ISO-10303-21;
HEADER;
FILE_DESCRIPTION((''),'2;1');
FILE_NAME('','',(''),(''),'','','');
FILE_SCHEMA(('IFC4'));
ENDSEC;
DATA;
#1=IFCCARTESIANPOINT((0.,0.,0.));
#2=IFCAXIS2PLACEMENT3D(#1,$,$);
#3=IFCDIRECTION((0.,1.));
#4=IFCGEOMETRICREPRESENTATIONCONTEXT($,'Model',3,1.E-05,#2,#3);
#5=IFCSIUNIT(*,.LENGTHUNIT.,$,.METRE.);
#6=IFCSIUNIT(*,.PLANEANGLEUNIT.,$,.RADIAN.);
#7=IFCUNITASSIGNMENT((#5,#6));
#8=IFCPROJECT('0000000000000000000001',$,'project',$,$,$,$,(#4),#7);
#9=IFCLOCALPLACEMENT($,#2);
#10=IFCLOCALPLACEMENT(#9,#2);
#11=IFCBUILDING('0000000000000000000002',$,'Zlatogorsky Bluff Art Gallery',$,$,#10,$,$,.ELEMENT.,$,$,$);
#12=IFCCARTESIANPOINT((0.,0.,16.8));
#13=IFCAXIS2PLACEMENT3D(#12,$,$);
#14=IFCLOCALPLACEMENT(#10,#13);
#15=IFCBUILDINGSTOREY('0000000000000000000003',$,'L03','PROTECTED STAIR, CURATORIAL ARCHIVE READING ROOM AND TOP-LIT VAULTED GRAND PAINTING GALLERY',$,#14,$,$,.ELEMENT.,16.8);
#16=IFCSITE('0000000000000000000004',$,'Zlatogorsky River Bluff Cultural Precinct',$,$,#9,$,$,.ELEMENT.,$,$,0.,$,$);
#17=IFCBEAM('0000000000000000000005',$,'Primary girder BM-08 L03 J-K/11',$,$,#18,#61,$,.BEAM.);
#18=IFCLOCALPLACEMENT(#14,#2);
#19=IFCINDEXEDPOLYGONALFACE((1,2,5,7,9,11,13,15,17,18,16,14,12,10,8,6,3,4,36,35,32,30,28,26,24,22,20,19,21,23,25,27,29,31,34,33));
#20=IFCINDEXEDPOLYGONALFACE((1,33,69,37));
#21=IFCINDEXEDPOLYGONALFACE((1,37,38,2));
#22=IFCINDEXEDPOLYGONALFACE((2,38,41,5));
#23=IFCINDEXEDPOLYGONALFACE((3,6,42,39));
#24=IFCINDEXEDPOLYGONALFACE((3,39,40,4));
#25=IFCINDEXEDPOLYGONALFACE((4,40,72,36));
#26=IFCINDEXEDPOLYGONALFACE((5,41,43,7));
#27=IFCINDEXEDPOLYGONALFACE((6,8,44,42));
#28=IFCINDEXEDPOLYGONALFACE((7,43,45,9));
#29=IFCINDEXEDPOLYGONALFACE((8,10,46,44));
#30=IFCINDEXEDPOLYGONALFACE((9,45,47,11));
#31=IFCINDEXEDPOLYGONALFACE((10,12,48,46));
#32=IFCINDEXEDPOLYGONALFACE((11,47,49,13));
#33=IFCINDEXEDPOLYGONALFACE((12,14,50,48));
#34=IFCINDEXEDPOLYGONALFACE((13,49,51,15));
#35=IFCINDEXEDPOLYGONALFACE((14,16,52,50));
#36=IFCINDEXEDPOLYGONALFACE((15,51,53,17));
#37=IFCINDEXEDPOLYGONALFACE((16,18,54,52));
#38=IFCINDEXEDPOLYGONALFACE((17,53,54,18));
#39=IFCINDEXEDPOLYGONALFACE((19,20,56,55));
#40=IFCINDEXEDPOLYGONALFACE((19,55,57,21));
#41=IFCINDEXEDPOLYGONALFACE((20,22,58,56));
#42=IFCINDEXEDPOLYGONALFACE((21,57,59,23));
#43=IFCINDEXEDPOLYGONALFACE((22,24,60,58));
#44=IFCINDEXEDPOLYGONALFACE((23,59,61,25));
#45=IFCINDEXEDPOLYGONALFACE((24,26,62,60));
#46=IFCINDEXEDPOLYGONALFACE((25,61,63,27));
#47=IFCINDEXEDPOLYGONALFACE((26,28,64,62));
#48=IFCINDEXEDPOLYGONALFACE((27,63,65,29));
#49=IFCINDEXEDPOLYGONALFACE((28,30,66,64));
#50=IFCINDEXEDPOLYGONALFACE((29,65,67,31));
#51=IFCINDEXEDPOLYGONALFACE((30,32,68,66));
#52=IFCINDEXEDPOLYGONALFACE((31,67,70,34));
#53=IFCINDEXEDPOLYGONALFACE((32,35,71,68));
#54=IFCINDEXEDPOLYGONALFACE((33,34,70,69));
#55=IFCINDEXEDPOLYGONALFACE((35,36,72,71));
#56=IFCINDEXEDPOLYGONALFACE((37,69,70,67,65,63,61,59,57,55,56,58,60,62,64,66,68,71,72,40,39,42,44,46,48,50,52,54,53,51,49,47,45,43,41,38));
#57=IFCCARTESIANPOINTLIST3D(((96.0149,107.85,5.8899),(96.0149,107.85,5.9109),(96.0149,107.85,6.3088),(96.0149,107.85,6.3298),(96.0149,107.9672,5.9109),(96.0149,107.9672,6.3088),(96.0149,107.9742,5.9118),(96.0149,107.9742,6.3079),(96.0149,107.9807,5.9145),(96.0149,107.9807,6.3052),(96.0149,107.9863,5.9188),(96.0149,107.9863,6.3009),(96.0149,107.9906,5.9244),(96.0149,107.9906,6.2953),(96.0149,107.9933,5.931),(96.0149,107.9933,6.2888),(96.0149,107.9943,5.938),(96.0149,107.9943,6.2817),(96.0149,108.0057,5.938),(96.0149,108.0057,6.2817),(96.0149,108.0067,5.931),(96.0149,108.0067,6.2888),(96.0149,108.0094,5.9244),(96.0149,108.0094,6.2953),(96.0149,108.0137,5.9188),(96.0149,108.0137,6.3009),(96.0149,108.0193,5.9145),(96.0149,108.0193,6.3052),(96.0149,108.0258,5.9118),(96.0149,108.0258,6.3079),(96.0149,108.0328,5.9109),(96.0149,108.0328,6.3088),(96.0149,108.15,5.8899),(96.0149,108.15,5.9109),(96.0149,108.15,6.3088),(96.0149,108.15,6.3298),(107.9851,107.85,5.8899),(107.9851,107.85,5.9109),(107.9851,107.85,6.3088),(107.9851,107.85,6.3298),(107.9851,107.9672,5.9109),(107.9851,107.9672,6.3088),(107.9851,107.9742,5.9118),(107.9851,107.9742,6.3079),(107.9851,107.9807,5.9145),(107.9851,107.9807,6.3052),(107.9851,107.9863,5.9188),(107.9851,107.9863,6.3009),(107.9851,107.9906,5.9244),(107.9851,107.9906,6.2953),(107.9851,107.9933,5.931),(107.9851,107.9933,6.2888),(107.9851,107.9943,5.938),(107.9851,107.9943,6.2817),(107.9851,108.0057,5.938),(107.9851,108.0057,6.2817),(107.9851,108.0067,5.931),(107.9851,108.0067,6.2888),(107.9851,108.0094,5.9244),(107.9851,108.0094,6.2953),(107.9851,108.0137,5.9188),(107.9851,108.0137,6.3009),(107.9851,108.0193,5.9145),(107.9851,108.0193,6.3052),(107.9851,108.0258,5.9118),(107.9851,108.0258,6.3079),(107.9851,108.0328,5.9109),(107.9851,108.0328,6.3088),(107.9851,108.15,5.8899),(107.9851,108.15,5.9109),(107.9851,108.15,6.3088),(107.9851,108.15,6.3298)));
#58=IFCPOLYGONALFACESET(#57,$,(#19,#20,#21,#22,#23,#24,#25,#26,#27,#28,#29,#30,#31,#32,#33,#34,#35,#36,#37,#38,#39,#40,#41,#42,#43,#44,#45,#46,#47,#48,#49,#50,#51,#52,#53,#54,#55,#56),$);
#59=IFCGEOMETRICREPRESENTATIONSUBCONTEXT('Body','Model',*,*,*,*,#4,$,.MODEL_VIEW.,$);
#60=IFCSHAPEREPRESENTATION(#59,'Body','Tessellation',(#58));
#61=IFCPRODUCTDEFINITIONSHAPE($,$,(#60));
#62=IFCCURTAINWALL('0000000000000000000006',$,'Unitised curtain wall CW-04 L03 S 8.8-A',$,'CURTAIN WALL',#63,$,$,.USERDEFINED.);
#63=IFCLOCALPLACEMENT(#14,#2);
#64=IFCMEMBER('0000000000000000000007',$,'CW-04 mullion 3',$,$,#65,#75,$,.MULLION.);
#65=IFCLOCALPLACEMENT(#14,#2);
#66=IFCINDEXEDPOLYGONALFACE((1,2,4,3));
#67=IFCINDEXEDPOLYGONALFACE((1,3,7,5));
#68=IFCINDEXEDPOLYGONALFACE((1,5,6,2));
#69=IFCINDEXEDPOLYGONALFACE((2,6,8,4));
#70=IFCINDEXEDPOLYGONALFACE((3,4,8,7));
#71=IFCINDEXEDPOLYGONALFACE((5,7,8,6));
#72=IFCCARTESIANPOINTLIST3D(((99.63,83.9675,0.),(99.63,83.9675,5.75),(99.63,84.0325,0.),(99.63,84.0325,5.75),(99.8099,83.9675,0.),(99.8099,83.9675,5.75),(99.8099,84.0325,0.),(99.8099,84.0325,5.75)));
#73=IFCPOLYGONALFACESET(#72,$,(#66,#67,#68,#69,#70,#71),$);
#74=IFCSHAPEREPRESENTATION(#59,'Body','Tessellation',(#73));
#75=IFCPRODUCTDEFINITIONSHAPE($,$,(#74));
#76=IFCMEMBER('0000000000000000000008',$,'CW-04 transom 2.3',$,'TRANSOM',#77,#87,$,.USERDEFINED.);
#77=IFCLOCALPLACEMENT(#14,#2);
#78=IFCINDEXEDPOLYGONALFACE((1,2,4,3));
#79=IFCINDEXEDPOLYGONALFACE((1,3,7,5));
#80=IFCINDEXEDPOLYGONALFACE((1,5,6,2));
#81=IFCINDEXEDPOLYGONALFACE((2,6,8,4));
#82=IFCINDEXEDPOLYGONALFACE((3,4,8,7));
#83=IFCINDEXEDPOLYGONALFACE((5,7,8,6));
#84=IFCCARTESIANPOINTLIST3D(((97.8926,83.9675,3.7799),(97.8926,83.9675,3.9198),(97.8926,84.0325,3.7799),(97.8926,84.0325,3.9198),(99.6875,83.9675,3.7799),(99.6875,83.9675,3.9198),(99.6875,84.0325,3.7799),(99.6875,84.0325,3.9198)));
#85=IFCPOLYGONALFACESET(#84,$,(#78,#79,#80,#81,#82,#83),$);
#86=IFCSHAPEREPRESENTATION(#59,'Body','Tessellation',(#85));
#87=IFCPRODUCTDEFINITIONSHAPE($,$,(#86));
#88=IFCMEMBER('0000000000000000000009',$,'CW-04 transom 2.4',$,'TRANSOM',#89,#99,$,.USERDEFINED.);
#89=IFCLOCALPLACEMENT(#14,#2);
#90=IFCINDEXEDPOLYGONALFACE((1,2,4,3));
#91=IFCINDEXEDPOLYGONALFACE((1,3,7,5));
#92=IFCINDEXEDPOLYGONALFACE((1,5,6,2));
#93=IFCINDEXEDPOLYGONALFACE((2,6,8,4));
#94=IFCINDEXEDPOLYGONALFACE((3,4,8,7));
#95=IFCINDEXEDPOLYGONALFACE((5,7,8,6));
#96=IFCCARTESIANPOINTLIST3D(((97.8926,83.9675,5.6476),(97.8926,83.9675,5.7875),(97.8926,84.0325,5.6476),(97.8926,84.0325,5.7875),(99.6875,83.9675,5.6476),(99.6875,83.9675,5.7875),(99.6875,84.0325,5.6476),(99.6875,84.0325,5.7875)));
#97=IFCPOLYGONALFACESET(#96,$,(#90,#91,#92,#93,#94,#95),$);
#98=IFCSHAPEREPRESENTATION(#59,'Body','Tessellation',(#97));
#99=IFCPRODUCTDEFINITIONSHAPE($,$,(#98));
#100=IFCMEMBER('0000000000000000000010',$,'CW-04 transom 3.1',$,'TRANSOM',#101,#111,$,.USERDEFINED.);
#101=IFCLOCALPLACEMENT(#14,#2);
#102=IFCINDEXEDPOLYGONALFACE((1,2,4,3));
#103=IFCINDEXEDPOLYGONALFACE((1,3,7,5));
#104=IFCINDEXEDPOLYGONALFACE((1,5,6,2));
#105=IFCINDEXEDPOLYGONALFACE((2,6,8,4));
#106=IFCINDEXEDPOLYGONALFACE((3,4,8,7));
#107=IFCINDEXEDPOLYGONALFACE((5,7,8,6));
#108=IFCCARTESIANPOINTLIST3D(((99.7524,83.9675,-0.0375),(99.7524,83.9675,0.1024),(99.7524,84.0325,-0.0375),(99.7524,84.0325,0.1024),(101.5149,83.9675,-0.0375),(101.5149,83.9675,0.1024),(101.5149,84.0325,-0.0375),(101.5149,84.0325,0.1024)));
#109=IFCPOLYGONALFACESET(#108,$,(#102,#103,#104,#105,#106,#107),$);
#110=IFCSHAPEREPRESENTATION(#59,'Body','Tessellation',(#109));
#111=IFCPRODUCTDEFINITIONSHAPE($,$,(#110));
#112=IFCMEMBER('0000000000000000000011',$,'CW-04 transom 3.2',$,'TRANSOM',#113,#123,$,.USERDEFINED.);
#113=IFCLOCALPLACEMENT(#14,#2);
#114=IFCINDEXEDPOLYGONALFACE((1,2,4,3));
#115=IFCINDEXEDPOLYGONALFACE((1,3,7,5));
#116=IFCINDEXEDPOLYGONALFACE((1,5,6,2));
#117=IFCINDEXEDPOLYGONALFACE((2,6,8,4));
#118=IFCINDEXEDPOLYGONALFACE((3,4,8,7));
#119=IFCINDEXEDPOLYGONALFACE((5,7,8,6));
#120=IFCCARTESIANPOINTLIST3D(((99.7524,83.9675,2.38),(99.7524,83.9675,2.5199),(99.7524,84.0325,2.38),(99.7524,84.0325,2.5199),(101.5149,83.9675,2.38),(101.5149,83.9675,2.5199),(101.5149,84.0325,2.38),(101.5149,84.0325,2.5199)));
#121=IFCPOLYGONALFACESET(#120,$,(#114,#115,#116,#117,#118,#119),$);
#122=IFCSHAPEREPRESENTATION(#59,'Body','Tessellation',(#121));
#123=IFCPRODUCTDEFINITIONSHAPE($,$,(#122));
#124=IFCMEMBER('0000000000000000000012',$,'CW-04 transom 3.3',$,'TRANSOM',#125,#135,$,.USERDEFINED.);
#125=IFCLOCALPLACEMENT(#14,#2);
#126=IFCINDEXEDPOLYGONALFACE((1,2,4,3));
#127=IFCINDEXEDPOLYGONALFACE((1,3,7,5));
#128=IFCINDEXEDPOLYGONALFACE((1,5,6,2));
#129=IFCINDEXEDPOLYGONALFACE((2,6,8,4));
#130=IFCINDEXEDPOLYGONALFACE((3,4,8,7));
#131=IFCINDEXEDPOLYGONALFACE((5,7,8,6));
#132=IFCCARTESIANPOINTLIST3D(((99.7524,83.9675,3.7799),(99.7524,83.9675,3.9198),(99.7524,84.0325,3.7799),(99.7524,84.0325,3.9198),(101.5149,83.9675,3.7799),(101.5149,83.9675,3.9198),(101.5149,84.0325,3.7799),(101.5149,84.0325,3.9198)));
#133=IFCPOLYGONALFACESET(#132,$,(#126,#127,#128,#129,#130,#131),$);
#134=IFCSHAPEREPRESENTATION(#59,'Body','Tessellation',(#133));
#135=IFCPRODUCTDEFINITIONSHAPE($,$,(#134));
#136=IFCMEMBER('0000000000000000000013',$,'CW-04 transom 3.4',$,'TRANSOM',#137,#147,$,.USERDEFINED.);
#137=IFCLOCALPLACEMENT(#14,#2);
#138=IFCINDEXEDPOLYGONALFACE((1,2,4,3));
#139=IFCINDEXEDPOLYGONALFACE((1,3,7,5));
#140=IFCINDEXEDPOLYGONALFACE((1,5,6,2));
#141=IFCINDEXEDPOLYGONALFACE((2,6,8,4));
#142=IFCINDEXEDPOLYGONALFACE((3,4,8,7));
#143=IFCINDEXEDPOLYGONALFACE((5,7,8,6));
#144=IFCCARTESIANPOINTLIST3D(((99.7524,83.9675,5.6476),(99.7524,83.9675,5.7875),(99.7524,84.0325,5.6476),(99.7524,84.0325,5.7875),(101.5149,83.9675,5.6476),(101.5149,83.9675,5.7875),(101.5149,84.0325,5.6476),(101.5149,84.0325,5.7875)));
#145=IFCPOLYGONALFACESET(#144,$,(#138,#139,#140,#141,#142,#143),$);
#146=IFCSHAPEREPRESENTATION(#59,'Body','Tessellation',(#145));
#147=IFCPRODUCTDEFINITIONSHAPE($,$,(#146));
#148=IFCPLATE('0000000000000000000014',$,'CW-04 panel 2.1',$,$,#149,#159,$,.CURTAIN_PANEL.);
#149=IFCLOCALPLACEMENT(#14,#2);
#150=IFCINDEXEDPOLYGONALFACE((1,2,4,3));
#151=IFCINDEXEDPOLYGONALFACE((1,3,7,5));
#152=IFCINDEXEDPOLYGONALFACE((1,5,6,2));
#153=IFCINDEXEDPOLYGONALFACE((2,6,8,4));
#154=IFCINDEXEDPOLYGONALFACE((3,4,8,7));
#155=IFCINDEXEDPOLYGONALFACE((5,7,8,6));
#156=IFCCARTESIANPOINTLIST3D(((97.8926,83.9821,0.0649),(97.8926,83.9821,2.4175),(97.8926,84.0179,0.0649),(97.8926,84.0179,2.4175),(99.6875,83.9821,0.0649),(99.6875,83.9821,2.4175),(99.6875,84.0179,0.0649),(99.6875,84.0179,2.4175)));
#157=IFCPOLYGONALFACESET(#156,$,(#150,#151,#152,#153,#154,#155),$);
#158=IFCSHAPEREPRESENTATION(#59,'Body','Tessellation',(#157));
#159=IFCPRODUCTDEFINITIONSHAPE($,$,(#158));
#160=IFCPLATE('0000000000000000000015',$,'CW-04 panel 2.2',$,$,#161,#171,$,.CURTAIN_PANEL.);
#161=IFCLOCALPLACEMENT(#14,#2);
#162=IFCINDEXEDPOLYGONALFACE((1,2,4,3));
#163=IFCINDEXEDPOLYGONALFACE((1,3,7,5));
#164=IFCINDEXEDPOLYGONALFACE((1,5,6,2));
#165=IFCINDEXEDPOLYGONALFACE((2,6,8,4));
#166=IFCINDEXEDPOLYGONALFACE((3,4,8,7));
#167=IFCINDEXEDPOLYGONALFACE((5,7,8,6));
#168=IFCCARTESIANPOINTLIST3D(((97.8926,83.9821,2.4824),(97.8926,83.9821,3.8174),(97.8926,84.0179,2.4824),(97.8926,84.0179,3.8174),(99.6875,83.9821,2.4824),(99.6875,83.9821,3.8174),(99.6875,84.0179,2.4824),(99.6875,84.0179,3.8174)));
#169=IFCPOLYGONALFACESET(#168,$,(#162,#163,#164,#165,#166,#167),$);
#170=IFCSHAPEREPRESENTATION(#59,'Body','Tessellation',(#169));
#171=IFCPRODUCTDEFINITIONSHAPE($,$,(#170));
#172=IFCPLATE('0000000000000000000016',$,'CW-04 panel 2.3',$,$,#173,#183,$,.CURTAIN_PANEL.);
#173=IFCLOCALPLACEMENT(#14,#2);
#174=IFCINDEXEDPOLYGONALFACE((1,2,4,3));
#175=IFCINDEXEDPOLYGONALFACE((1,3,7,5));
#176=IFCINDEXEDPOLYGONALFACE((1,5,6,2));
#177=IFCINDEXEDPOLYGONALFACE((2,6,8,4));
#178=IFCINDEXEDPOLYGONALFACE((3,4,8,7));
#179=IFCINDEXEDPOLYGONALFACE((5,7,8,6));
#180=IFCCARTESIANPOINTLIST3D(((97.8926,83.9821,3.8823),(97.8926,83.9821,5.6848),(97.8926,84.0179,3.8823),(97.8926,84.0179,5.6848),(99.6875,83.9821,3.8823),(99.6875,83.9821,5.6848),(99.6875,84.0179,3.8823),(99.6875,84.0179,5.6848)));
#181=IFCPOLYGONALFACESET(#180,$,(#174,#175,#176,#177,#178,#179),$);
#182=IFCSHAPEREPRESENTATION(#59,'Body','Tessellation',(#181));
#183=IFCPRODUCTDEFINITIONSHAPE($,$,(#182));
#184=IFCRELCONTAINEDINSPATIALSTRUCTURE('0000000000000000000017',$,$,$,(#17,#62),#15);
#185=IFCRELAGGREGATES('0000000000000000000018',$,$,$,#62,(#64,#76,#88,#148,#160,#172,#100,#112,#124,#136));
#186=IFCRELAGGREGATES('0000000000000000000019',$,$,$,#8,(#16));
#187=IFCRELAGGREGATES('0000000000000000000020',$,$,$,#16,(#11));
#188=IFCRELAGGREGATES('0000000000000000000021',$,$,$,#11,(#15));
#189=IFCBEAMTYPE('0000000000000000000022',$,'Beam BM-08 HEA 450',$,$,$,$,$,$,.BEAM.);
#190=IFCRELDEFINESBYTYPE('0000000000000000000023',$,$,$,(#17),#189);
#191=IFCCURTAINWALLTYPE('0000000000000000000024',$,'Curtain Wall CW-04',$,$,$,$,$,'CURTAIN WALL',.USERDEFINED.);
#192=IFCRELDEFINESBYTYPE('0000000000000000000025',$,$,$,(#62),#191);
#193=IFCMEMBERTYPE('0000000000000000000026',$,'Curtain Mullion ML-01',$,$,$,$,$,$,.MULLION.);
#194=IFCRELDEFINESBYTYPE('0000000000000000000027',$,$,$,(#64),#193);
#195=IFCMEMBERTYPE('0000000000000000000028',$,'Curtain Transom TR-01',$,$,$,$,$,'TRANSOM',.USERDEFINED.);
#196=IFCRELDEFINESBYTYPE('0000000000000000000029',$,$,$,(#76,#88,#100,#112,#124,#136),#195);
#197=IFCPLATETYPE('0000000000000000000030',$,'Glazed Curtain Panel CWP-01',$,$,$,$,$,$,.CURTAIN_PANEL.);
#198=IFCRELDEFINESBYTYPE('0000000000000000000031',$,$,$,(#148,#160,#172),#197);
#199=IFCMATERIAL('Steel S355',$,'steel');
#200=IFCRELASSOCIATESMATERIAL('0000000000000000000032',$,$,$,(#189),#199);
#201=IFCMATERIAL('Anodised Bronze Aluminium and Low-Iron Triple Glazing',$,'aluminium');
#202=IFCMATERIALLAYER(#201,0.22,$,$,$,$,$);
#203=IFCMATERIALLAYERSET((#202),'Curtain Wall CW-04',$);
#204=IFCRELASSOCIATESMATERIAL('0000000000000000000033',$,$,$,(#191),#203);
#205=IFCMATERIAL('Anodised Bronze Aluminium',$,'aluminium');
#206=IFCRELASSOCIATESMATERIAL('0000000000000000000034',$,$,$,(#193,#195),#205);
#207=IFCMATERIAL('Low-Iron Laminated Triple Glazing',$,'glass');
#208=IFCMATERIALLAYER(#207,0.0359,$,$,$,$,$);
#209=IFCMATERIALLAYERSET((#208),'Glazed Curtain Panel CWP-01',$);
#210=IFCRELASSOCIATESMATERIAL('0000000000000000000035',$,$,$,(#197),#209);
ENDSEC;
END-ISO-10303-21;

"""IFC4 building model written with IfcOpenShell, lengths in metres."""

from ifc_helpers import new_model, si_unit, direction, frame, origin, origin_2d, place, context, subcontext, project, spatial, rectangle, i_section, extrude, material, layer, layer_set, material_profile, profile_set, type_object, element, aggregate, save


model = new_model("IFC4")

# Units and contexts
model_context = context("Model", 3, precision=1e-05, world=origin(), true_north=direction((0.0, 1.0)))
body_context = subcontext(model_context, "Body", "Model", "MODEL_VIEW")
ifc_project = project(units=[si_unit("LENGTHUNIT", "METRE"), si_unit("PLANEANGLEUNIT", "RADIAN")], contexts=[model_context])

# Site, building, storey
site_placement = place(None, origin())
site = spatial("IfcSite", under=ifc_project, at=site_placement, Name="Zlatogorsky River Bluff Cultural Precinct", CompositionType="ELEMENT", RefElevation=0.0)
building_placement = place(site_placement, origin())
building = spatial("IfcBuilding", under=site, at=building_placement, Name="Zlatogorsky Bluff Art Gallery", CompositionType="ELEMENT")
storey_placement = place(building_placement, frame((0.0, 0.0, 16.8)))
storey = spatial("IfcBuildingStorey", under=building, at=storey_placement, Name="L03", Description="PROTECTED STAIR, CURATORIAL ARCHIVE READING ROOM AND TOP-LIT VAULTED GRAND PAINTING GALLERY", CompositionType="ELEMENT", Elevation=16.8)

# Shared definitions
ifc_material_1 = material(Name="Steel S355", Category="steel")

# Beam
ifc_material_profile_1 = material_profile(ifc_material_1, i_section(OverallWidth=0.3, OverallDepth=0.4399, WebThickness=0.0115, FlangeThickness=0.021, FilletRadius=0.0271, at=origin_2d()), Name="HEA 450")
ifc_profile_set_1 = profile_set([ifc_material_profile_1], Name="Steel S355")
beam_type_1 = type_object("IfcBeamType", Name="Beam BM-08 HEA 450", PredefinedType="BEAM", material=ifc_profile_set_1)
for number, where, z_axis, x_axis, name in (
    (1, (96.0149, 108.0, 6.1099), (1.0, 0.0, 0.0), (0.0, 1.0, 0.0), "Primary girder BM-08 L03 J-K/11"),
):
    element("IfcBeam", number, at=place(storey_placement, frame(where, z_axis=z_axis, x_axis=x_axis)), inside=storey, type_object=beam_type_1, Name=name, PredefinedType="BEAM", context=body_context, shape_type="SweptSolid", body=[
        extrude(i_section(OverallWidth=0.3, OverallDepth=0.4399, WebThickness=0.0115, FlangeThickness=0.021, FilletRadius=0.0271, at=origin_2d()), origin(), (0.0, 0.0, 1.0), 11.9702),
    ])

# Curtain wall, members, plates
ifc_material_2 = material(Name="Anodised Bronze Aluminium and Low-Iron Triple Glazing", Category="aluminium")
ifc_layer_1 = layer(ifc_material_2, 0.22)
ifc_layer_set_1 = layer_set([ifc_layer_1], Name="Curtain Wall CW-04")
curtain_wall_type = type_object("IfcCurtainWallType", Name="Curtain Wall CW-04", ElementType="CURTAIN WALL", PredefinedType="USERDEFINED", material=ifc_layer_set_1)
curtain_wall_placement = place(storey_placement, origin())
curtain_wall = element("IfcCurtainWall", 2, at=curtain_wall_placement, inside=storey, type_object=curtain_wall_type, Name="Unitised curtain wall CW-04 L03 S 8.8-A", ObjectType="CURTAIN WALL", PredefinedType="USERDEFINED")
ifc_material_3 = material(Name="Anodised Bronze Aluminium", Category="aluminium")
ifc_material_profile_2 = material_profile(ifc_material_3, rectangle(XDim=0.0649, YDim=0.1799, at=origin_2d()), Name="ALU MULLION 65x180")
ifc_profile_set_2 = profile_set([ifc_material_profile_2], Name="Anodised Bronze Aluminium")
member_type_1 = type_object("IfcMemberType", Name="Curtain Mullion ML-01", PredefinedType="MULLION", material=ifc_profile_set_2)
member_1_placement = place(storey_placement, frame((99.72, 84.0, 0.0), z_axis=(0.0, 0.0, 1.0), x_axis=(0.0, 1.0, 0.0)))
member_1 = element("IfcMember", 3, at=member_1_placement, type_object=member_type_1, Name="CW-04 mullion 3", PredefinedType="MULLION", context=body_context, shape_type="SweptSolid", body=[
    extrude(rectangle(XDim=0.0649, YDim=0.1799, at=origin_2d()), origin(), (0.0, 0.0, 1.0), 5.75),
])
ifc_material_profile_3 = material_profile(ifc_material_3, rectangle(XDim=0.0649, YDim=0.1399, at=origin_2d()), Name="ALU TRANSOM 65x140")
ifc_profile_set_3 = profile_set([ifc_material_profile_3], Name="Anodised Bronze Aluminium")
member_type_2 = type_object("IfcMemberType", Name="Curtain Transom TR-01", ElementType="TRANSOM", PredefinedType="USERDEFINED", material=ifc_profile_set_3)
member_2_placement = place(storey_placement, frame((97.8926, 84.0, 3.8499), z_axis=(1.0, 0.0, 0.0), x_axis=(0.0, 1.0, 0.0)))
member_2 = element("IfcMember", 4, at=member_2_placement, type_object=member_type_2, Name="CW-04 transom 2.3", ObjectType="TRANSOM", PredefinedType="USERDEFINED", context=body_context, shape_type="SweptSolid", body=[
    extrude(rectangle(XDim=0.0649, YDim=0.1399, at=origin_2d()), origin(), (0.0, 0.0, 1.0), 1.7949),
])
member_3_placement = place(storey_placement, frame((97.8926, 84.0, 5.7175), z_axis=(1.0, 0.0, 0.0), x_axis=(0.0, 1.0, 0.0)))
member_3 = element("IfcMember", 5, at=member_3_placement, type_object=member_type_2, Name="CW-04 transom 2.4", ObjectType="TRANSOM", PredefinedType="USERDEFINED", context=body_context, shape_type="SweptSolid", body=[
    extrude(rectangle(XDim=0.0649, YDim=0.1399, at=origin_2d()), origin(), (0.0, 0.0, 1.0), 1.7949),
])
member_4_placement = place(storey_placement, frame((99.7524, 84.0, 0.0325), z_axis=(1.0, 0.0, 0.0), x_axis=(0.0, 1.0, 0.0)))
member_4 = element("IfcMember", 6, at=member_4_placement, type_object=member_type_2, Name="CW-04 transom 3.1", ObjectType="TRANSOM", PredefinedType="USERDEFINED", context=body_context, shape_type="SweptSolid", body=[
    extrude(rectangle(XDim=0.0649, YDim=0.1399, at=origin_2d()), origin(), (0.0, 0.0, 1.0), 1.7625),
])
member_5_placement = place(storey_placement, frame((99.7524, 84.0, 2.45), z_axis=(1.0, 0.0, 0.0), x_axis=(0.0, 1.0, 0.0)))
member_5 = element("IfcMember", 7, at=member_5_placement, type_object=member_type_2, Name="CW-04 transom 3.2", ObjectType="TRANSOM", PredefinedType="USERDEFINED", context=body_context, shape_type="SweptSolid", body=[
    extrude(rectangle(XDim=0.0649, YDim=0.1399, at=origin_2d()), origin(), (0.0, 0.0, 1.0), 1.7625),
])
member_6_placement = place(storey_placement, frame((99.7524, 84.0, 3.8499), z_axis=(1.0, 0.0, 0.0), x_axis=(0.0, 1.0, 0.0)))
member_6 = element("IfcMember", 8, at=member_6_placement, type_object=member_type_2, Name="CW-04 transom 3.3", ObjectType="TRANSOM", PredefinedType="USERDEFINED", context=body_context, shape_type="SweptSolid", body=[
    extrude(rectangle(XDim=0.0649, YDim=0.1399, at=origin_2d()), origin(), (0.0, 0.0, 1.0), 1.7625),
])
member_7_placement = place(storey_placement, frame((99.7524, 84.0, 5.7175), z_axis=(1.0, 0.0, 0.0), x_axis=(0.0, 1.0, 0.0)))
member_7 = element("IfcMember", 9, at=member_7_placement, type_object=member_type_2, Name="CW-04 transom 3.4", ObjectType="TRANSOM", PredefinedType="USERDEFINED", context=body_context, shape_type="SweptSolid", body=[
    extrude(rectangle(XDim=0.0649, YDim=0.1399, at=origin_2d()), origin(), (0.0, 0.0, 1.0), 1.7625),
])
ifc_material_4 = material(Name="Low-Iron Laminated Triple Glazing", Category="glass")
ifc_layer_2 = layer(ifc_material_4, 0.0359)
ifc_layer_set_2 = layer_set([ifc_layer_2], Name="Glazed Curtain Panel CWP-01")
plate_type = type_object("IfcPlateType", Name="Glazed Curtain Panel CWP-01", PredefinedType="CURTAIN_PANEL", material=ifc_layer_set_2)
plate_1_placement = place(storey_placement, frame((98.79, 84.0, 0.0649), z_axis=(0.0, 0.0, 1.0), x_axis=(1.0, 0.0, 0.0)))
plate_1 = element("IfcPlate", 10, at=plate_1_placement, type_object=plate_type, Name="CW-04 panel 2.1", PredefinedType="CURTAIN_PANEL", context=body_context, shape_type="SweptSolid", body=[
    extrude(rectangle(XDim=1.7949, YDim=0.0359, at=origin_2d()), origin(), (0.0, 0.0, 1.0), 2.3525),
])
plate_2_placement = place(storey_placement, frame((98.79, 84.0, 2.4824), z_axis=(0.0, 0.0, 1.0), x_axis=(1.0, 0.0, 0.0)))
plate_2 = element("IfcPlate", 11, at=plate_2_placement, type_object=plate_type, Name="CW-04 panel 2.2", PredefinedType="CURTAIN_PANEL", context=body_context, shape_type="SweptSolid", body=[
    extrude(rectangle(XDim=1.7949, YDim=0.0359, at=origin_2d()), origin(), (0.0, 0.0, 1.0), 1.335),
])
plate_3_placement = place(storey_placement, frame((98.79, 84.0, 3.8823), z_axis=(0.0, 0.0, 1.0), x_axis=(1.0, 0.0, 0.0)))
plate_3 = element("IfcPlate", 12, at=plate_3_placement, type_object=plate_type, Name="CW-04 panel 2.3", PredefinedType="CURTAIN_PANEL", context=body_context, shape_type="SweptSolid", body=[
    extrude(rectangle(XDim=1.7949, YDim=0.0359, at=origin_2d()), origin(), (0.0, 0.0, 1.0), 1.8025),
])
aggregate(curtain_wall, [member_1, member_2, member_3, plate_1, plate_2, plate_3, member_4, member_5, member_6, member_7])

save(model, "model.ifc")
